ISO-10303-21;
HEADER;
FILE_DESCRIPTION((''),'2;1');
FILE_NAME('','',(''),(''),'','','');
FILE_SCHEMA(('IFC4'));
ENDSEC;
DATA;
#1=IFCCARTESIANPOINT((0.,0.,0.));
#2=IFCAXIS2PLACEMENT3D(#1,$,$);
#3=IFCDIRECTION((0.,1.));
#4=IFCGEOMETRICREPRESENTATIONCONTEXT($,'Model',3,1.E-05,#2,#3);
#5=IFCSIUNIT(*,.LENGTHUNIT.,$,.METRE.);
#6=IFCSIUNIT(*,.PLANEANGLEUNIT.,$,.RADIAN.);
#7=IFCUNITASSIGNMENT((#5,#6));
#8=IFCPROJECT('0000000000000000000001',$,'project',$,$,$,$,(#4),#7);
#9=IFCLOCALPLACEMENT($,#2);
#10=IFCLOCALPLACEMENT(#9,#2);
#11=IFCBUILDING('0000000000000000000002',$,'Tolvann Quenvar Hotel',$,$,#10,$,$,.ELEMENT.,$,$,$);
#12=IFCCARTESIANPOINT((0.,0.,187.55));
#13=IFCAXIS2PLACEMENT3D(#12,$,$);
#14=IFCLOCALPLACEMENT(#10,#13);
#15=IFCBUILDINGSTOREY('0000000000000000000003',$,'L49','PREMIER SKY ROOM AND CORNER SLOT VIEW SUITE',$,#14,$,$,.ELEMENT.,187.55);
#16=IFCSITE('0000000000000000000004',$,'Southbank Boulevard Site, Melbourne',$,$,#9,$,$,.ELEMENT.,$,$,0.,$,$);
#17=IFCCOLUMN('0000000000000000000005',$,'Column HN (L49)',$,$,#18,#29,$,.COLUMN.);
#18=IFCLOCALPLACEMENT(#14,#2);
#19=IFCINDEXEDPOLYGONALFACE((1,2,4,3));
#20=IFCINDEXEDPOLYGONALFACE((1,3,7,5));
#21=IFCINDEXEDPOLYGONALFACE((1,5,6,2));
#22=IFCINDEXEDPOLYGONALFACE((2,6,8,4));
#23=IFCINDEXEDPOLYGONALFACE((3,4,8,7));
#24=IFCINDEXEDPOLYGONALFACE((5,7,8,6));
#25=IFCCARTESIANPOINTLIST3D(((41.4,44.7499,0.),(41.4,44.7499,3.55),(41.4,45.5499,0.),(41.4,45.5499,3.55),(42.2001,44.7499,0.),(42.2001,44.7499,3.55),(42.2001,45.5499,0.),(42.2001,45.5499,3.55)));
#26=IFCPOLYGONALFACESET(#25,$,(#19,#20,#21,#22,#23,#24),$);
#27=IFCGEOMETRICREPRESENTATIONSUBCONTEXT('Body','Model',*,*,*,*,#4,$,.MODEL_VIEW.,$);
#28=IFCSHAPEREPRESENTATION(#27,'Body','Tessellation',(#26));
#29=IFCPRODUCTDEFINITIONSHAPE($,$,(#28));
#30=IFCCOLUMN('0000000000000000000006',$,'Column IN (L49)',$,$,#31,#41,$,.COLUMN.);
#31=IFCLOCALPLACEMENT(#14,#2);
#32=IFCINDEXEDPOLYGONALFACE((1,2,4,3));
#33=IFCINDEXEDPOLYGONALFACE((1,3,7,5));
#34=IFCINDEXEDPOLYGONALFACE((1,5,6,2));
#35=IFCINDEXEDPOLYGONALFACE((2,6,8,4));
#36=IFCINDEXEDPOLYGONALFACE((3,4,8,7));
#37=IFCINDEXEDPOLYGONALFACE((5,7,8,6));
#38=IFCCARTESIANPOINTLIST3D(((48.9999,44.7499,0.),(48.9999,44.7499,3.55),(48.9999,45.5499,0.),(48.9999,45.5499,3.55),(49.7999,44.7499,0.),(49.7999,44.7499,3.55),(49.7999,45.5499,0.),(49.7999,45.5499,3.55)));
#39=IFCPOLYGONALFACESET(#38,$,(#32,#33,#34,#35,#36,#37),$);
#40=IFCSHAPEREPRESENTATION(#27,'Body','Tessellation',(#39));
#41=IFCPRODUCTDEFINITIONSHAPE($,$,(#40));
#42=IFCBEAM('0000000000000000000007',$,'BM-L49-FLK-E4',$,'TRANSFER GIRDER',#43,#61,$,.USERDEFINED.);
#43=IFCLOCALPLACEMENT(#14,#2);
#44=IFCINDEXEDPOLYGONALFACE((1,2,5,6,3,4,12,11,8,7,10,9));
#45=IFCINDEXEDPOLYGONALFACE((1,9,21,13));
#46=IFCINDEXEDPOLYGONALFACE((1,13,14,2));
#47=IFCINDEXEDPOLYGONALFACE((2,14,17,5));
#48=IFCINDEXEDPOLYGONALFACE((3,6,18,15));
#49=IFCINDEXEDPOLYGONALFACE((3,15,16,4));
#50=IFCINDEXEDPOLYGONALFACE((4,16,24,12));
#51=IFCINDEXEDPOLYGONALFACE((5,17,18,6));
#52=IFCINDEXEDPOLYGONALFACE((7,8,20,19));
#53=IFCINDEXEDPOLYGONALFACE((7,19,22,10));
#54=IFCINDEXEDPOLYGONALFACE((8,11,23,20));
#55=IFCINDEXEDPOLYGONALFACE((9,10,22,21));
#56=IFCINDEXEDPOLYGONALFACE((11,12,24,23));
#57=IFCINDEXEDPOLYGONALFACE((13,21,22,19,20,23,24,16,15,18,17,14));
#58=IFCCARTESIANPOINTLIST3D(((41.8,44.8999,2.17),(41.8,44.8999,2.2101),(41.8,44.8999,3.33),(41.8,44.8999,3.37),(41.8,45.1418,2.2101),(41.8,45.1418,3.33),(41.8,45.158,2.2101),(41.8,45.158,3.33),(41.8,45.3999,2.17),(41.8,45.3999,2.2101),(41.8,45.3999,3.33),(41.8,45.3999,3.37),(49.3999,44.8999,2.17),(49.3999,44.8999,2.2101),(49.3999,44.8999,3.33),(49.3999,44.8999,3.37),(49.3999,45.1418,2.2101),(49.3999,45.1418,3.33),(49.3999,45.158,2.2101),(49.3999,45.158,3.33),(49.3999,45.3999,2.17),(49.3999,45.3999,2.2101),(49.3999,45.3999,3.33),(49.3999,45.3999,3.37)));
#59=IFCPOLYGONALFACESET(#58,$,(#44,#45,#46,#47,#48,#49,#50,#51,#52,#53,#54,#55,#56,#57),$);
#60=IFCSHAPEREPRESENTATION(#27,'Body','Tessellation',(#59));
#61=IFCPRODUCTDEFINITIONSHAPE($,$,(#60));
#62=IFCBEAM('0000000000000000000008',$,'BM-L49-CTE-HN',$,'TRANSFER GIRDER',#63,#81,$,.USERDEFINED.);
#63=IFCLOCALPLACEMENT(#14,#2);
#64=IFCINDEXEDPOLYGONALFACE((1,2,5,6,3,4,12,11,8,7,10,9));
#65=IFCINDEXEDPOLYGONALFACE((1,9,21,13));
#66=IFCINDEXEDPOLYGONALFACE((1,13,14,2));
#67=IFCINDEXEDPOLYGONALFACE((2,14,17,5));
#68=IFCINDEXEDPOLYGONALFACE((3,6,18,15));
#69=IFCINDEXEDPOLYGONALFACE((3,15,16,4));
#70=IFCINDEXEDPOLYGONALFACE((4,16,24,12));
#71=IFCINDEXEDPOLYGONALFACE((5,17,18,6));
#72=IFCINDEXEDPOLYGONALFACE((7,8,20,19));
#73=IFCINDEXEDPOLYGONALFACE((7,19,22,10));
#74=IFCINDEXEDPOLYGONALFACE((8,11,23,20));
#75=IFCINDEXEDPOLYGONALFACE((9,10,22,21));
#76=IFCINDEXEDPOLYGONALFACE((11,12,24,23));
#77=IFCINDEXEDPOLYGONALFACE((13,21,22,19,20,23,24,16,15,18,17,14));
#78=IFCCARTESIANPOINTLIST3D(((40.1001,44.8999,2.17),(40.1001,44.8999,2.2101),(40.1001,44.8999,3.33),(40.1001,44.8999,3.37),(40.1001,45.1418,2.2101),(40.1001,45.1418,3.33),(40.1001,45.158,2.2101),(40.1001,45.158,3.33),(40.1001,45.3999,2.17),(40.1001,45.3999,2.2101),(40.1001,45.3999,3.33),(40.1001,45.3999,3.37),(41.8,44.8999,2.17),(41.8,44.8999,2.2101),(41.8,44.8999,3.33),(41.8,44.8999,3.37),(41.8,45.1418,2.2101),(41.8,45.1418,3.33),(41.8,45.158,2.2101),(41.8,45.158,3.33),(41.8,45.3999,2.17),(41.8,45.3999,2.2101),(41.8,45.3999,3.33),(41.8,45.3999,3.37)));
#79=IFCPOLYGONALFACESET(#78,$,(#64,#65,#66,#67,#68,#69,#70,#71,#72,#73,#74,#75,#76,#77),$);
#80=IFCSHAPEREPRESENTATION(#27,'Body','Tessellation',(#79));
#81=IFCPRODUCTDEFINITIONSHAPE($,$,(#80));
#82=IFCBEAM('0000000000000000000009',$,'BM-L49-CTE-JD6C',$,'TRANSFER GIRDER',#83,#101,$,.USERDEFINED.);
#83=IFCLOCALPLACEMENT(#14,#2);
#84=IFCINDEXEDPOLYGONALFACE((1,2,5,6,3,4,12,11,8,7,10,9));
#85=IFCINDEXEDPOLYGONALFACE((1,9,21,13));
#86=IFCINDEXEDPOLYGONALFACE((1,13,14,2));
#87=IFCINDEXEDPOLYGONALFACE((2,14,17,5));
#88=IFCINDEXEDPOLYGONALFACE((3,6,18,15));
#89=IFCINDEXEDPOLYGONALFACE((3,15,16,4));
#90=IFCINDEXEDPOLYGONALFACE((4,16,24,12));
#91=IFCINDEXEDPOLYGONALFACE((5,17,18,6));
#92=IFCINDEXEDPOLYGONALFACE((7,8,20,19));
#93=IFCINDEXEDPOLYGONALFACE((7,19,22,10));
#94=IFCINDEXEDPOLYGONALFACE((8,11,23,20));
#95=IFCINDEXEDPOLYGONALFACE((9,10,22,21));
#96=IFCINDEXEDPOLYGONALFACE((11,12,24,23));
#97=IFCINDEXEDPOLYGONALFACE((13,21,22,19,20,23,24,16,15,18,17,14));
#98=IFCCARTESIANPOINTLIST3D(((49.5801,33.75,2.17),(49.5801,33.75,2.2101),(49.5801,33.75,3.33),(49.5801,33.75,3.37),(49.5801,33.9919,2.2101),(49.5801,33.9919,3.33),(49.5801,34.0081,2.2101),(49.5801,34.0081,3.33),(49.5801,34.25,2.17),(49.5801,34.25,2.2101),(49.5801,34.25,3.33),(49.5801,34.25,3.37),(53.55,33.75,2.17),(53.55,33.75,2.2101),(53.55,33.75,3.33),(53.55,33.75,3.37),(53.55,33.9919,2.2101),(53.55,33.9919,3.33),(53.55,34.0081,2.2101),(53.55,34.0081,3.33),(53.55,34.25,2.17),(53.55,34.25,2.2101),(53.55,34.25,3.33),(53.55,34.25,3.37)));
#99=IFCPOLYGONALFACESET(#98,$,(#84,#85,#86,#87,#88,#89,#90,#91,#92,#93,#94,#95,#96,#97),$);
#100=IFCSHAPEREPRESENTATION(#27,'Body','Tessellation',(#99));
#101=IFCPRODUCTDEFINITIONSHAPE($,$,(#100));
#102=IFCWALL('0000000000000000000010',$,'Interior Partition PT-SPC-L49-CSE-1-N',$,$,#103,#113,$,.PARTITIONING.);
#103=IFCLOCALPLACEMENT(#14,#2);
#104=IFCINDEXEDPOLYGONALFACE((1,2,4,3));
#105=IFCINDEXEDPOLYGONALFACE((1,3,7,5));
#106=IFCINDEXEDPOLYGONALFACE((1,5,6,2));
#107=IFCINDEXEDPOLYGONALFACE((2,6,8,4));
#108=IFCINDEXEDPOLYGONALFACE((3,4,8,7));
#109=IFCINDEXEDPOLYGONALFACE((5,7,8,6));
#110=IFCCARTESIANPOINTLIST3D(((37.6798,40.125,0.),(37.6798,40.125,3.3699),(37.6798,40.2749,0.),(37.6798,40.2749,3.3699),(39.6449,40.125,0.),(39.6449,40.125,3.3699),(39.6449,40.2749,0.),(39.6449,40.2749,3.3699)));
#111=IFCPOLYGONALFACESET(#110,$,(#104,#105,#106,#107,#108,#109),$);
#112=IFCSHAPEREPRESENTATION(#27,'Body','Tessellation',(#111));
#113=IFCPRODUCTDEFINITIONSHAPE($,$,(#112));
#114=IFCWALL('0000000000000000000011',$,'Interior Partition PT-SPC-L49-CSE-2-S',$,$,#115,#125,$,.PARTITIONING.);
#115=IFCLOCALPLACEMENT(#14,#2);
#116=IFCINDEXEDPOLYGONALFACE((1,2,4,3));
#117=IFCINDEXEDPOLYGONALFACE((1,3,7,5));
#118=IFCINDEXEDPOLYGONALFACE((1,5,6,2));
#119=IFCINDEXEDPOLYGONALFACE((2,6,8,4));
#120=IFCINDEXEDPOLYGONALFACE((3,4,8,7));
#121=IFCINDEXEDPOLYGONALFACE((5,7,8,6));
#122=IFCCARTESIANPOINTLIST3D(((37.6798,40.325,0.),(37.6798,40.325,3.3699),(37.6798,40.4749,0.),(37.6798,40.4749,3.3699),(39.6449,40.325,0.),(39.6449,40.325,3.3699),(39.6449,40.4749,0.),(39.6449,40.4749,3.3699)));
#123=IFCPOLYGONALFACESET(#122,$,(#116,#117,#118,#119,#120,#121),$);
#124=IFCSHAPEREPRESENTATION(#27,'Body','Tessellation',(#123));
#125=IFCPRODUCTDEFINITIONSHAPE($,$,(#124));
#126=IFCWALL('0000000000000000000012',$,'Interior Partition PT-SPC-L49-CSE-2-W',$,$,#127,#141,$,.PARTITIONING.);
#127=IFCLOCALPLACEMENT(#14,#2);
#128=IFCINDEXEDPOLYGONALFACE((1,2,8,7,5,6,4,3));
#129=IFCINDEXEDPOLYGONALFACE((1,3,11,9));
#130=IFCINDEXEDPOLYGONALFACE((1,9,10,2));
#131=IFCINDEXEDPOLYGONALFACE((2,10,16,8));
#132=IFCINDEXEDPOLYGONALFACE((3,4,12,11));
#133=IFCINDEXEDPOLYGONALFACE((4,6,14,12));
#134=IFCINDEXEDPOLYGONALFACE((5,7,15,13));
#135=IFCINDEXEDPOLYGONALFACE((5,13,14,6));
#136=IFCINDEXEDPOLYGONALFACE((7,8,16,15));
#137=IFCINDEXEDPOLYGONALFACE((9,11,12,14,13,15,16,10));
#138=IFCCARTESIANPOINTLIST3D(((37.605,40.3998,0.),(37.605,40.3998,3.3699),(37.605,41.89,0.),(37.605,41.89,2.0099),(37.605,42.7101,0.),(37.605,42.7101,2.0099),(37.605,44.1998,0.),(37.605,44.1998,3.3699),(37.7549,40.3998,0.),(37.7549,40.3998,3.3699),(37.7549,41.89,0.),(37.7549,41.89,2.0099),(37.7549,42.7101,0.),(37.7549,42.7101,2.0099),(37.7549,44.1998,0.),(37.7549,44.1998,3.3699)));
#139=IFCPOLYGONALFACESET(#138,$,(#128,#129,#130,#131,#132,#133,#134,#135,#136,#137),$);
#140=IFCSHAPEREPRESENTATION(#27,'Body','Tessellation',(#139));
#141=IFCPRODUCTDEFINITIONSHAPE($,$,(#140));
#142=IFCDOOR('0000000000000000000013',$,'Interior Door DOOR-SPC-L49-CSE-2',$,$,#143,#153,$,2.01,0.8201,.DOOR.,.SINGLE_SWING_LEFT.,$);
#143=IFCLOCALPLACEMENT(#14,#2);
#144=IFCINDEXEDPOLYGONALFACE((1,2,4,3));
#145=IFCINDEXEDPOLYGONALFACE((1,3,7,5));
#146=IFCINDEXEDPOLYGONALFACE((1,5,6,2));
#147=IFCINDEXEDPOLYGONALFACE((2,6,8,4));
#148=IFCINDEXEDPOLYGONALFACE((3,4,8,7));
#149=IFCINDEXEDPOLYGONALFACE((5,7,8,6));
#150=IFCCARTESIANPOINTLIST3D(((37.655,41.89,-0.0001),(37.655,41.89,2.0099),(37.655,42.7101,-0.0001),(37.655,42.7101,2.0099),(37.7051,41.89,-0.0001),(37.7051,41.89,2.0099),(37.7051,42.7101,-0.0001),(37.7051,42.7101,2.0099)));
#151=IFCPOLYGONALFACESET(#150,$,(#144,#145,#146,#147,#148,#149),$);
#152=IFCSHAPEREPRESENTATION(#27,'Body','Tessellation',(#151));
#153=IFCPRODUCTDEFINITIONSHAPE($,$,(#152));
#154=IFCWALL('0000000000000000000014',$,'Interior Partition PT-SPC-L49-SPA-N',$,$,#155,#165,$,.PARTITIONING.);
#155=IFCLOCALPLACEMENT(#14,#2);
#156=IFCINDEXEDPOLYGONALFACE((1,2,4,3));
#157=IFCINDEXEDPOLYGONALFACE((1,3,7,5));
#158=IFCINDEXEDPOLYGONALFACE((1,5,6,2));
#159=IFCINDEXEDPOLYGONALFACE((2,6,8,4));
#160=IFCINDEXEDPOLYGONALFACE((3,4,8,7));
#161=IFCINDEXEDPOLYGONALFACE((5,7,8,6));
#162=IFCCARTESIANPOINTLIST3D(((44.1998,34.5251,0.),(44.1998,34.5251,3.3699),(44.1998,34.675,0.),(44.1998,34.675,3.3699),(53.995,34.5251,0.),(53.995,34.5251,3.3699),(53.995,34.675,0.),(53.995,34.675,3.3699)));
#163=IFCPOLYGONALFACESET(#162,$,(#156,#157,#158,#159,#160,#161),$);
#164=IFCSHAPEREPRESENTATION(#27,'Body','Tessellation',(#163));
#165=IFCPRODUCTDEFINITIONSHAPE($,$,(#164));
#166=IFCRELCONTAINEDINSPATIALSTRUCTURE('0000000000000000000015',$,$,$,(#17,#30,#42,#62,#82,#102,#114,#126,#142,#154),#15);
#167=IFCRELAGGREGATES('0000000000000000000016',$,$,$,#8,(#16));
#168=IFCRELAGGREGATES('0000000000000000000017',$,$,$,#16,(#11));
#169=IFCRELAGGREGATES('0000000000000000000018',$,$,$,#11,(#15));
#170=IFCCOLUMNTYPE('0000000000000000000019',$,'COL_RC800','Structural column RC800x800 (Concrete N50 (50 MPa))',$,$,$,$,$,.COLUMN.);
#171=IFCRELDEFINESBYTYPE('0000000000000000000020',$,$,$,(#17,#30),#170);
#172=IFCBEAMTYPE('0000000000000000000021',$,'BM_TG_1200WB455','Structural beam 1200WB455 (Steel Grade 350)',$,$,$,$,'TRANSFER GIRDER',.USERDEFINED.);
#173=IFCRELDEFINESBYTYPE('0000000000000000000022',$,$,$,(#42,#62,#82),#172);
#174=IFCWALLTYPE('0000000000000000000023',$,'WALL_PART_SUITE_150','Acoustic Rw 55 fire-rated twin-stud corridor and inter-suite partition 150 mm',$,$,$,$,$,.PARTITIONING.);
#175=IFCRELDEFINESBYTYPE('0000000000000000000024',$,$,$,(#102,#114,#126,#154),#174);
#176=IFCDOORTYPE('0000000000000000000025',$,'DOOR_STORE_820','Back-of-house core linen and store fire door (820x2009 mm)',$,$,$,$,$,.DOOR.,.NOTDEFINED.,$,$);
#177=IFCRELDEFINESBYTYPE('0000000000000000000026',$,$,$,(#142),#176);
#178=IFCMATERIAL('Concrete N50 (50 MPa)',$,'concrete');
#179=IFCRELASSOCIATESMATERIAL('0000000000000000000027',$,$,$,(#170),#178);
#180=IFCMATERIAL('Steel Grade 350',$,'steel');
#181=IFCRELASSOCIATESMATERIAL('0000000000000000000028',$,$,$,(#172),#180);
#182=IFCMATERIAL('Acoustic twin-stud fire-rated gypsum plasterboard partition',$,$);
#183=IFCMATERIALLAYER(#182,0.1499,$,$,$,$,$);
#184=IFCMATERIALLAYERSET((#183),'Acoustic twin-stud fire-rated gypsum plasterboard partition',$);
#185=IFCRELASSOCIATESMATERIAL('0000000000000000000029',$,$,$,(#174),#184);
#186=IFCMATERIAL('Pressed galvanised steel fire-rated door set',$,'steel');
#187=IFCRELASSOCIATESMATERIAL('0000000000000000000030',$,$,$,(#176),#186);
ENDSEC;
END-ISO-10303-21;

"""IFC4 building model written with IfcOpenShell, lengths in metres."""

from ifc_helpers import new_model, si_unit, direction, frame, frame_2d, origin, origin_2d, place, context, subcontext, project, spatial, rectangle, i_section, extrude, source, transform, mapped, material, layer, layer_set, material_profile, profile_set, type_object, type_shapes, element, fill, save


model = new_model("IFC4")

# Units and contexts
model_context = context("Model", 3, precision=1e-05, world=origin(), true_north=direction((0.0, 1.0)))
body_context = subcontext(model_context, "Body", "Model", "MODEL_VIEW")
ifc_project = project(units=[si_unit("LENGTHUNIT", "METRE"), si_unit("PLANEANGLEUNIT", "RADIAN")], contexts=[model_context])

# Site, building, storey
site_placement = place(None, origin())
site = spatial("IfcSite", under=ifc_project, at=site_placement, Name="Southbank Boulevard Site, Melbourne", CompositionType="ELEMENT", RefElevation=0.0)
building_placement = place(site_placement, origin())
building = spatial("IfcBuilding", under=site, at=building_placement, Name="Tolvann Quenvar Hotel", CompositionType="ELEMENT")
storey_placement = place(building_placement, frame((0.0, 0.0, 187.55)))
storey = spatial("IfcBuildingStorey", under=building, at=storey_placement, Name="L49", Description="PREMIER SKY ROOM AND CORNER SLOT VIEW SUITE", CompositionType="ELEMENT", Elevation=187.55)

# Columns
ifc_material_1 = material(Name="Concrete N50 (50 MPa)", Category="concrete")
ifc_material_profile_1 = material_profile(ifc_material_1, rectangle(XDim=0.8, YDim=0.8, at=origin_2d()), Name="RC800x800")
ifc_profile_set_1 = profile_set([ifc_material_profile_1], Name="Concrete N50 (50 MPa)")
column_type = type_object("IfcColumnType", Name="COL_RC800", Description="Structural column RC800x800 (Concrete N50 (50 MPa))", PredefinedType="COLUMN", material=ifc_profile_set_1)
shared_shape_1 = source(origin(), body_context, "Body", "SweptSolid", [
    extrude(rectangle(XDim=0.8, YDim=0.8, at=origin_2d()), origin(), (0.0, 0.0, 1.0), 3.55),
])
type_shapes(column_type, [shared_shape_1])
for number, where, z_axis, x_axis, name in (
    (1, (41.8, 45.1499, 0.0), (0.0, 0.0, 1.0), (1.0, 0.0, 0.0), "Column HN (L49)"),
    (2, (49.3999, 45.1499, 0.0), (0.0, 0.0, 1.0), (1.0, 0.0, 0.0), "Column IN (L49)"),
):
    element("IfcColumn", number, at=place(storey_placement, frame(where, z_axis=z_axis, x_axis=x_axis)), inside=storey, type_object=column_type, Name=name, PredefinedType="COLUMN", context=body_context, shape_type="MappedRepresentation", body=[
        mapped(shared_shape_1, transform((0.0, 0.0, 0.0), x_axis=(1.0, 0.0, 0.0), y_axis=(0.0, 1.0, 0.0), z_axis=(0.0, 0.0, 1.0), scale=1.0)),
    ])

# Beams
ifc_material_2 = material(Name="Steel Grade 350", Category="steel")
ifc_material_profile_2 = material_profile(ifc_material_2, i_section(OverallWidth=0.5, OverallDepth=1.2, WebThickness=0.0161, FlangeThickness=0.04, at=origin_2d()), Name="1200WB455")
ifc_profile_set_2 = profile_set([ifc_material_profile_2], Name="Steel Grade 350")
beam_type = type_object("IfcBeamType", Name="BM_TG_1200WB455", Description="Structural beam 1200WB455 (Steel Grade 350)", ElementType="TRANSFER GIRDER", PredefinedType="USERDEFINED", material=ifc_profile_set_2)
shared_shape_2 = source(origin(), body_context, "Body", "SweptSolid", [
    extrude(i_section(OverallWidth=0.5, OverallDepth=1.2, WebThickness=0.0161, FlangeThickness=0.04, at=origin_2d()), origin(), (0.0, 0.0, 1.0), 7.5999),
])
beam_1_placement = place(storey_placement, frame((49.3999, 45.1499, 2.77), z_axis=(-1.0, 0.0, 0.0), x_axis=(0.0, -1.0, 0.0)))
element("IfcBeam", 3, at=beam_1_placement, inside=storey, type_object=beam_type, Name="BM-L49-FLK-E4", ObjectType="TRANSFER GIRDER", PredefinedType="USERDEFINED", context=body_context, shape_type="MappedRepresentation", body=[
    mapped(shared_shape_2, transform((0.0, 0.0, 0.0), x_axis=(1.0, 0.0, 0.0), y_axis=(0.0, 1.0, 0.0), z_axis=(0.0, 0.0, 1.0), scale=1.0)),
])
shared_shape_3 = source(origin(), body_context, "Body", "SweptSolid", [
    extrude(i_section(OverallWidth=0.5, OverallDepth=1.2, WebThickness=0.0161, FlangeThickness=0.04, at=origin_2d()), origin(), (0.0, 0.0, 1.0), 1.7),
])
beam_2_placement = place(storey_placement, frame((40.1001, 45.1499, 2.77), z_axis=(1.0, 0.0, 0.0), x_axis=(0.0, 1.0, 0.0)))
element("IfcBeam", 4, at=beam_2_placement, inside=storey, type_object=beam_type, Name="BM-L49-CTE-HN", ObjectType="TRANSFER GIRDER", PredefinedType="USERDEFINED", context=body_context, shape_type="MappedRepresentation", body=[
    mapped(shared_shape_3, transform((0.0, 0.0, 0.0), x_axis=(1.0, 0.0, 0.0), y_axis=(0.0, 1.0, 0.0), z_axis=(0.0, 0.0, 1.0), scale=1.0)),
])
shared_shape_4 = source(origin(), body_context, "Body", "SweptSolid", [
    extrude(i_section(OverallWidth=0.5, OverallDepth=1.2, WebThickness=0.0161, FlangeThickness=0.04, at=origin_2d()), origin(), (0.0, 0.0, 1.0), 3.97),
])
type_shapes(beam_type, [shared_shape_2, shared_shape_3, shared_shape_4])
beam_3_placement = place(storey_placement, frame((49.5801, 34.0, 2.77), z_axis=(1.0, 0.0, 0.0), x_axis=(0.0, 1.0, 0.0)))
element("IfcBeam", 5, at=beam_3_placement, inside=storey, type_object=beam_type, Name="BM-L49-CTE-JD6C", ObjectType="TRANSFER GIRDER", PredefinedType="USERDEFINED", context=body_context, shape_type="MappedRepresentation", body=[
    mapped(shared_shape_4, transform((0.0, 0.0, 0.0), x_axis=(1.0, 0.0, 0.0), y_axis=(0.0, 1.0, 0.0), z_axis=(0.0, 0.0, 1.0), scale=1.0)),
])

# Walls
ifc_material_3 = material(Name="Acoustic twin-stud fire-rated gypsum plasterboard partition")
ifc_layer_1 = layer(ifc_material_3, 0.1499)
ifc_layer_set_1 = layer_set([ifc_layer_1], Name="Acoustic twin-stud fire-rated gypsum plasterboard partition")
wall_type_1 = type_object("IfcWallType", Name="WALL_PART_SUITE_150", Description="Acoustic Rw 55 fire-rated twin-stud corridor and inter-suite partition 150 mm", PredefinedType="PARTITIONING", material=ifc_layer_set_1)
for number, where, z_axis, x_axis, name in (
    (6, (37.6799, 40.2, 0.0), (0.0, 0.0, 1.0), (1.0, 0.0, 0.0), "Interior Partition PT-SPC-L49-CSE-1-N"),
    (7, (37.6799, 40.3999, 0.0), (0.0, 0.0, 1.0), (1.0, 0.0, 0.0), "Interior Partition PT-SPC-L49-CSE-2-S"),
):
    element("IfcWall", number, at=place(storey_placement, frame(where, z_axis=z_axis, x_axis=x_axis)), inside=storey, type_object=wall_type_1, Name=name, PredefinedType="PARTITIONING", context=body_context, shape_type="SweptSolid", body=[
        extrude(rectangle(XDim=1.9651, YDim=0.1499, at=frame_2d((0.9824, 0.0))), origin(), (0.0, 0.0, 1.0), 3.3699),
    ])

# Wall, opening, door
wall_1_placement = place(storey_placement, frame((37.6799, 40.3999, 0.0), z_axis=(0.0, 0.0, 1.0), x_axis=(0.0, 1.0, 0.0)))
wall_1 = element("IfcWall", 8, at=wall_1_placement, inside=storey, type_object=wall_type_1, Name="Interior Partition PT-SPC-L49-CSE-2-W", PredefinedType="PARTITIONING", context=body_context, shape_type="SweptSolid", body=[
    extrude(rectangle(XDim=3.8, YDim=0.1499, at=frame_2d((1.8999, 0.0))), origin(), (0.0, 0.0, 1.0), 3.3699),
])
opening_1_placement = place(wall_1_placement, frame((1.49, 0.0, 0.0)))
opening_1 = element("IfcOpeningElement", 9, at=opening_1_placement, cuts=wall_1, PredefinedType="OPENING", context=body_context, shape_type="SweptSolid", body=[
    extrude(rectangle(XDim=0.8201, YDim=2.01, at=frame_2d((0.4102, 1.0049))), frame((0.0, 0.085, 0.0), z_axis=(0.0, -1.0, 0.0), x_axis=(1.0, 0.0, 0.0)), (0.0, 0.0, 1.0), 0.1699),
])
ifc_material_4 = material(Name="Pressed galvanised steel fire-rated door set", Category="steel")
door_type_1 = type_object("IfcDoorType", Name="DOOR_STORE_820", Description="Back-of-house core linen and store fire door (820x2009 mm)", OperationType="NOTDEFINED", PredefinedType="DOOR", material=ifc_material_4)
shared_shape_5 = source(origin(), body_context, "Body", "SweptSolid", [
    extrude(rectangle(XDim=0.8201, YDim=2.01, at=frame_2d((0.4102, 1.0049))), frame((0.0, 0.0249, 0.0), z_axis=(0.0, -1.0, 0.0), x_axis=(1.0, 0.0, 0.0)), (0.0, 0.0, 1.0), 0.05),
])
type_shapes(door_type_1, [shared_shape_5])
door_1_placement = place(opening_1_placement, origin())
door_1 = element("IfcDoor", 10, at=door_1_placement, inside=storey, type_object=door_type_1, Name="Interior Door DOOR-SPC-L49-CSE-2", OperationType="SINGLE_SWING_LEFT", OverallHeight=2.01, OverallWidth=0.8201, PredefinedType="DOOR", context=body_context, shape_type="MappedRepresentation", body=[
    mapped(shared_shape_5, transform((0.0, 0.0, 0.0), x_axis=(1.0, 0.0, 0.0), y_axis=(0.0, 1.0, 0.0), z_axis=(0.0, 0.0, 1.0), scale=1.0)),
])
fill(opening_1, door_1)

# Wall
wall_2_placement = place(storey_placement, frame((44.2, 34.6001, 0.0), z_axis=(0.0, 0.0, 1.0), x_axis=(1.0, 0.0, 0.0)))
element("IfcWall", 11, at=wall_2_placement, inside=storey, type_object=wall_type_1, Name="Interior Partition PT-SPC-L49-SPA-N", PredefinedType="PARTITIONING", context=body_context, shape_type="SweptSolid", body=[
    extrude(rectangle(XDim=9.7952, YDim=0.1499, at=frame_2d((4.8975, 0.0))), origin(), (0.0, 0.0, 1.0), 3.3699),
])

save(model, "model.ifc")
